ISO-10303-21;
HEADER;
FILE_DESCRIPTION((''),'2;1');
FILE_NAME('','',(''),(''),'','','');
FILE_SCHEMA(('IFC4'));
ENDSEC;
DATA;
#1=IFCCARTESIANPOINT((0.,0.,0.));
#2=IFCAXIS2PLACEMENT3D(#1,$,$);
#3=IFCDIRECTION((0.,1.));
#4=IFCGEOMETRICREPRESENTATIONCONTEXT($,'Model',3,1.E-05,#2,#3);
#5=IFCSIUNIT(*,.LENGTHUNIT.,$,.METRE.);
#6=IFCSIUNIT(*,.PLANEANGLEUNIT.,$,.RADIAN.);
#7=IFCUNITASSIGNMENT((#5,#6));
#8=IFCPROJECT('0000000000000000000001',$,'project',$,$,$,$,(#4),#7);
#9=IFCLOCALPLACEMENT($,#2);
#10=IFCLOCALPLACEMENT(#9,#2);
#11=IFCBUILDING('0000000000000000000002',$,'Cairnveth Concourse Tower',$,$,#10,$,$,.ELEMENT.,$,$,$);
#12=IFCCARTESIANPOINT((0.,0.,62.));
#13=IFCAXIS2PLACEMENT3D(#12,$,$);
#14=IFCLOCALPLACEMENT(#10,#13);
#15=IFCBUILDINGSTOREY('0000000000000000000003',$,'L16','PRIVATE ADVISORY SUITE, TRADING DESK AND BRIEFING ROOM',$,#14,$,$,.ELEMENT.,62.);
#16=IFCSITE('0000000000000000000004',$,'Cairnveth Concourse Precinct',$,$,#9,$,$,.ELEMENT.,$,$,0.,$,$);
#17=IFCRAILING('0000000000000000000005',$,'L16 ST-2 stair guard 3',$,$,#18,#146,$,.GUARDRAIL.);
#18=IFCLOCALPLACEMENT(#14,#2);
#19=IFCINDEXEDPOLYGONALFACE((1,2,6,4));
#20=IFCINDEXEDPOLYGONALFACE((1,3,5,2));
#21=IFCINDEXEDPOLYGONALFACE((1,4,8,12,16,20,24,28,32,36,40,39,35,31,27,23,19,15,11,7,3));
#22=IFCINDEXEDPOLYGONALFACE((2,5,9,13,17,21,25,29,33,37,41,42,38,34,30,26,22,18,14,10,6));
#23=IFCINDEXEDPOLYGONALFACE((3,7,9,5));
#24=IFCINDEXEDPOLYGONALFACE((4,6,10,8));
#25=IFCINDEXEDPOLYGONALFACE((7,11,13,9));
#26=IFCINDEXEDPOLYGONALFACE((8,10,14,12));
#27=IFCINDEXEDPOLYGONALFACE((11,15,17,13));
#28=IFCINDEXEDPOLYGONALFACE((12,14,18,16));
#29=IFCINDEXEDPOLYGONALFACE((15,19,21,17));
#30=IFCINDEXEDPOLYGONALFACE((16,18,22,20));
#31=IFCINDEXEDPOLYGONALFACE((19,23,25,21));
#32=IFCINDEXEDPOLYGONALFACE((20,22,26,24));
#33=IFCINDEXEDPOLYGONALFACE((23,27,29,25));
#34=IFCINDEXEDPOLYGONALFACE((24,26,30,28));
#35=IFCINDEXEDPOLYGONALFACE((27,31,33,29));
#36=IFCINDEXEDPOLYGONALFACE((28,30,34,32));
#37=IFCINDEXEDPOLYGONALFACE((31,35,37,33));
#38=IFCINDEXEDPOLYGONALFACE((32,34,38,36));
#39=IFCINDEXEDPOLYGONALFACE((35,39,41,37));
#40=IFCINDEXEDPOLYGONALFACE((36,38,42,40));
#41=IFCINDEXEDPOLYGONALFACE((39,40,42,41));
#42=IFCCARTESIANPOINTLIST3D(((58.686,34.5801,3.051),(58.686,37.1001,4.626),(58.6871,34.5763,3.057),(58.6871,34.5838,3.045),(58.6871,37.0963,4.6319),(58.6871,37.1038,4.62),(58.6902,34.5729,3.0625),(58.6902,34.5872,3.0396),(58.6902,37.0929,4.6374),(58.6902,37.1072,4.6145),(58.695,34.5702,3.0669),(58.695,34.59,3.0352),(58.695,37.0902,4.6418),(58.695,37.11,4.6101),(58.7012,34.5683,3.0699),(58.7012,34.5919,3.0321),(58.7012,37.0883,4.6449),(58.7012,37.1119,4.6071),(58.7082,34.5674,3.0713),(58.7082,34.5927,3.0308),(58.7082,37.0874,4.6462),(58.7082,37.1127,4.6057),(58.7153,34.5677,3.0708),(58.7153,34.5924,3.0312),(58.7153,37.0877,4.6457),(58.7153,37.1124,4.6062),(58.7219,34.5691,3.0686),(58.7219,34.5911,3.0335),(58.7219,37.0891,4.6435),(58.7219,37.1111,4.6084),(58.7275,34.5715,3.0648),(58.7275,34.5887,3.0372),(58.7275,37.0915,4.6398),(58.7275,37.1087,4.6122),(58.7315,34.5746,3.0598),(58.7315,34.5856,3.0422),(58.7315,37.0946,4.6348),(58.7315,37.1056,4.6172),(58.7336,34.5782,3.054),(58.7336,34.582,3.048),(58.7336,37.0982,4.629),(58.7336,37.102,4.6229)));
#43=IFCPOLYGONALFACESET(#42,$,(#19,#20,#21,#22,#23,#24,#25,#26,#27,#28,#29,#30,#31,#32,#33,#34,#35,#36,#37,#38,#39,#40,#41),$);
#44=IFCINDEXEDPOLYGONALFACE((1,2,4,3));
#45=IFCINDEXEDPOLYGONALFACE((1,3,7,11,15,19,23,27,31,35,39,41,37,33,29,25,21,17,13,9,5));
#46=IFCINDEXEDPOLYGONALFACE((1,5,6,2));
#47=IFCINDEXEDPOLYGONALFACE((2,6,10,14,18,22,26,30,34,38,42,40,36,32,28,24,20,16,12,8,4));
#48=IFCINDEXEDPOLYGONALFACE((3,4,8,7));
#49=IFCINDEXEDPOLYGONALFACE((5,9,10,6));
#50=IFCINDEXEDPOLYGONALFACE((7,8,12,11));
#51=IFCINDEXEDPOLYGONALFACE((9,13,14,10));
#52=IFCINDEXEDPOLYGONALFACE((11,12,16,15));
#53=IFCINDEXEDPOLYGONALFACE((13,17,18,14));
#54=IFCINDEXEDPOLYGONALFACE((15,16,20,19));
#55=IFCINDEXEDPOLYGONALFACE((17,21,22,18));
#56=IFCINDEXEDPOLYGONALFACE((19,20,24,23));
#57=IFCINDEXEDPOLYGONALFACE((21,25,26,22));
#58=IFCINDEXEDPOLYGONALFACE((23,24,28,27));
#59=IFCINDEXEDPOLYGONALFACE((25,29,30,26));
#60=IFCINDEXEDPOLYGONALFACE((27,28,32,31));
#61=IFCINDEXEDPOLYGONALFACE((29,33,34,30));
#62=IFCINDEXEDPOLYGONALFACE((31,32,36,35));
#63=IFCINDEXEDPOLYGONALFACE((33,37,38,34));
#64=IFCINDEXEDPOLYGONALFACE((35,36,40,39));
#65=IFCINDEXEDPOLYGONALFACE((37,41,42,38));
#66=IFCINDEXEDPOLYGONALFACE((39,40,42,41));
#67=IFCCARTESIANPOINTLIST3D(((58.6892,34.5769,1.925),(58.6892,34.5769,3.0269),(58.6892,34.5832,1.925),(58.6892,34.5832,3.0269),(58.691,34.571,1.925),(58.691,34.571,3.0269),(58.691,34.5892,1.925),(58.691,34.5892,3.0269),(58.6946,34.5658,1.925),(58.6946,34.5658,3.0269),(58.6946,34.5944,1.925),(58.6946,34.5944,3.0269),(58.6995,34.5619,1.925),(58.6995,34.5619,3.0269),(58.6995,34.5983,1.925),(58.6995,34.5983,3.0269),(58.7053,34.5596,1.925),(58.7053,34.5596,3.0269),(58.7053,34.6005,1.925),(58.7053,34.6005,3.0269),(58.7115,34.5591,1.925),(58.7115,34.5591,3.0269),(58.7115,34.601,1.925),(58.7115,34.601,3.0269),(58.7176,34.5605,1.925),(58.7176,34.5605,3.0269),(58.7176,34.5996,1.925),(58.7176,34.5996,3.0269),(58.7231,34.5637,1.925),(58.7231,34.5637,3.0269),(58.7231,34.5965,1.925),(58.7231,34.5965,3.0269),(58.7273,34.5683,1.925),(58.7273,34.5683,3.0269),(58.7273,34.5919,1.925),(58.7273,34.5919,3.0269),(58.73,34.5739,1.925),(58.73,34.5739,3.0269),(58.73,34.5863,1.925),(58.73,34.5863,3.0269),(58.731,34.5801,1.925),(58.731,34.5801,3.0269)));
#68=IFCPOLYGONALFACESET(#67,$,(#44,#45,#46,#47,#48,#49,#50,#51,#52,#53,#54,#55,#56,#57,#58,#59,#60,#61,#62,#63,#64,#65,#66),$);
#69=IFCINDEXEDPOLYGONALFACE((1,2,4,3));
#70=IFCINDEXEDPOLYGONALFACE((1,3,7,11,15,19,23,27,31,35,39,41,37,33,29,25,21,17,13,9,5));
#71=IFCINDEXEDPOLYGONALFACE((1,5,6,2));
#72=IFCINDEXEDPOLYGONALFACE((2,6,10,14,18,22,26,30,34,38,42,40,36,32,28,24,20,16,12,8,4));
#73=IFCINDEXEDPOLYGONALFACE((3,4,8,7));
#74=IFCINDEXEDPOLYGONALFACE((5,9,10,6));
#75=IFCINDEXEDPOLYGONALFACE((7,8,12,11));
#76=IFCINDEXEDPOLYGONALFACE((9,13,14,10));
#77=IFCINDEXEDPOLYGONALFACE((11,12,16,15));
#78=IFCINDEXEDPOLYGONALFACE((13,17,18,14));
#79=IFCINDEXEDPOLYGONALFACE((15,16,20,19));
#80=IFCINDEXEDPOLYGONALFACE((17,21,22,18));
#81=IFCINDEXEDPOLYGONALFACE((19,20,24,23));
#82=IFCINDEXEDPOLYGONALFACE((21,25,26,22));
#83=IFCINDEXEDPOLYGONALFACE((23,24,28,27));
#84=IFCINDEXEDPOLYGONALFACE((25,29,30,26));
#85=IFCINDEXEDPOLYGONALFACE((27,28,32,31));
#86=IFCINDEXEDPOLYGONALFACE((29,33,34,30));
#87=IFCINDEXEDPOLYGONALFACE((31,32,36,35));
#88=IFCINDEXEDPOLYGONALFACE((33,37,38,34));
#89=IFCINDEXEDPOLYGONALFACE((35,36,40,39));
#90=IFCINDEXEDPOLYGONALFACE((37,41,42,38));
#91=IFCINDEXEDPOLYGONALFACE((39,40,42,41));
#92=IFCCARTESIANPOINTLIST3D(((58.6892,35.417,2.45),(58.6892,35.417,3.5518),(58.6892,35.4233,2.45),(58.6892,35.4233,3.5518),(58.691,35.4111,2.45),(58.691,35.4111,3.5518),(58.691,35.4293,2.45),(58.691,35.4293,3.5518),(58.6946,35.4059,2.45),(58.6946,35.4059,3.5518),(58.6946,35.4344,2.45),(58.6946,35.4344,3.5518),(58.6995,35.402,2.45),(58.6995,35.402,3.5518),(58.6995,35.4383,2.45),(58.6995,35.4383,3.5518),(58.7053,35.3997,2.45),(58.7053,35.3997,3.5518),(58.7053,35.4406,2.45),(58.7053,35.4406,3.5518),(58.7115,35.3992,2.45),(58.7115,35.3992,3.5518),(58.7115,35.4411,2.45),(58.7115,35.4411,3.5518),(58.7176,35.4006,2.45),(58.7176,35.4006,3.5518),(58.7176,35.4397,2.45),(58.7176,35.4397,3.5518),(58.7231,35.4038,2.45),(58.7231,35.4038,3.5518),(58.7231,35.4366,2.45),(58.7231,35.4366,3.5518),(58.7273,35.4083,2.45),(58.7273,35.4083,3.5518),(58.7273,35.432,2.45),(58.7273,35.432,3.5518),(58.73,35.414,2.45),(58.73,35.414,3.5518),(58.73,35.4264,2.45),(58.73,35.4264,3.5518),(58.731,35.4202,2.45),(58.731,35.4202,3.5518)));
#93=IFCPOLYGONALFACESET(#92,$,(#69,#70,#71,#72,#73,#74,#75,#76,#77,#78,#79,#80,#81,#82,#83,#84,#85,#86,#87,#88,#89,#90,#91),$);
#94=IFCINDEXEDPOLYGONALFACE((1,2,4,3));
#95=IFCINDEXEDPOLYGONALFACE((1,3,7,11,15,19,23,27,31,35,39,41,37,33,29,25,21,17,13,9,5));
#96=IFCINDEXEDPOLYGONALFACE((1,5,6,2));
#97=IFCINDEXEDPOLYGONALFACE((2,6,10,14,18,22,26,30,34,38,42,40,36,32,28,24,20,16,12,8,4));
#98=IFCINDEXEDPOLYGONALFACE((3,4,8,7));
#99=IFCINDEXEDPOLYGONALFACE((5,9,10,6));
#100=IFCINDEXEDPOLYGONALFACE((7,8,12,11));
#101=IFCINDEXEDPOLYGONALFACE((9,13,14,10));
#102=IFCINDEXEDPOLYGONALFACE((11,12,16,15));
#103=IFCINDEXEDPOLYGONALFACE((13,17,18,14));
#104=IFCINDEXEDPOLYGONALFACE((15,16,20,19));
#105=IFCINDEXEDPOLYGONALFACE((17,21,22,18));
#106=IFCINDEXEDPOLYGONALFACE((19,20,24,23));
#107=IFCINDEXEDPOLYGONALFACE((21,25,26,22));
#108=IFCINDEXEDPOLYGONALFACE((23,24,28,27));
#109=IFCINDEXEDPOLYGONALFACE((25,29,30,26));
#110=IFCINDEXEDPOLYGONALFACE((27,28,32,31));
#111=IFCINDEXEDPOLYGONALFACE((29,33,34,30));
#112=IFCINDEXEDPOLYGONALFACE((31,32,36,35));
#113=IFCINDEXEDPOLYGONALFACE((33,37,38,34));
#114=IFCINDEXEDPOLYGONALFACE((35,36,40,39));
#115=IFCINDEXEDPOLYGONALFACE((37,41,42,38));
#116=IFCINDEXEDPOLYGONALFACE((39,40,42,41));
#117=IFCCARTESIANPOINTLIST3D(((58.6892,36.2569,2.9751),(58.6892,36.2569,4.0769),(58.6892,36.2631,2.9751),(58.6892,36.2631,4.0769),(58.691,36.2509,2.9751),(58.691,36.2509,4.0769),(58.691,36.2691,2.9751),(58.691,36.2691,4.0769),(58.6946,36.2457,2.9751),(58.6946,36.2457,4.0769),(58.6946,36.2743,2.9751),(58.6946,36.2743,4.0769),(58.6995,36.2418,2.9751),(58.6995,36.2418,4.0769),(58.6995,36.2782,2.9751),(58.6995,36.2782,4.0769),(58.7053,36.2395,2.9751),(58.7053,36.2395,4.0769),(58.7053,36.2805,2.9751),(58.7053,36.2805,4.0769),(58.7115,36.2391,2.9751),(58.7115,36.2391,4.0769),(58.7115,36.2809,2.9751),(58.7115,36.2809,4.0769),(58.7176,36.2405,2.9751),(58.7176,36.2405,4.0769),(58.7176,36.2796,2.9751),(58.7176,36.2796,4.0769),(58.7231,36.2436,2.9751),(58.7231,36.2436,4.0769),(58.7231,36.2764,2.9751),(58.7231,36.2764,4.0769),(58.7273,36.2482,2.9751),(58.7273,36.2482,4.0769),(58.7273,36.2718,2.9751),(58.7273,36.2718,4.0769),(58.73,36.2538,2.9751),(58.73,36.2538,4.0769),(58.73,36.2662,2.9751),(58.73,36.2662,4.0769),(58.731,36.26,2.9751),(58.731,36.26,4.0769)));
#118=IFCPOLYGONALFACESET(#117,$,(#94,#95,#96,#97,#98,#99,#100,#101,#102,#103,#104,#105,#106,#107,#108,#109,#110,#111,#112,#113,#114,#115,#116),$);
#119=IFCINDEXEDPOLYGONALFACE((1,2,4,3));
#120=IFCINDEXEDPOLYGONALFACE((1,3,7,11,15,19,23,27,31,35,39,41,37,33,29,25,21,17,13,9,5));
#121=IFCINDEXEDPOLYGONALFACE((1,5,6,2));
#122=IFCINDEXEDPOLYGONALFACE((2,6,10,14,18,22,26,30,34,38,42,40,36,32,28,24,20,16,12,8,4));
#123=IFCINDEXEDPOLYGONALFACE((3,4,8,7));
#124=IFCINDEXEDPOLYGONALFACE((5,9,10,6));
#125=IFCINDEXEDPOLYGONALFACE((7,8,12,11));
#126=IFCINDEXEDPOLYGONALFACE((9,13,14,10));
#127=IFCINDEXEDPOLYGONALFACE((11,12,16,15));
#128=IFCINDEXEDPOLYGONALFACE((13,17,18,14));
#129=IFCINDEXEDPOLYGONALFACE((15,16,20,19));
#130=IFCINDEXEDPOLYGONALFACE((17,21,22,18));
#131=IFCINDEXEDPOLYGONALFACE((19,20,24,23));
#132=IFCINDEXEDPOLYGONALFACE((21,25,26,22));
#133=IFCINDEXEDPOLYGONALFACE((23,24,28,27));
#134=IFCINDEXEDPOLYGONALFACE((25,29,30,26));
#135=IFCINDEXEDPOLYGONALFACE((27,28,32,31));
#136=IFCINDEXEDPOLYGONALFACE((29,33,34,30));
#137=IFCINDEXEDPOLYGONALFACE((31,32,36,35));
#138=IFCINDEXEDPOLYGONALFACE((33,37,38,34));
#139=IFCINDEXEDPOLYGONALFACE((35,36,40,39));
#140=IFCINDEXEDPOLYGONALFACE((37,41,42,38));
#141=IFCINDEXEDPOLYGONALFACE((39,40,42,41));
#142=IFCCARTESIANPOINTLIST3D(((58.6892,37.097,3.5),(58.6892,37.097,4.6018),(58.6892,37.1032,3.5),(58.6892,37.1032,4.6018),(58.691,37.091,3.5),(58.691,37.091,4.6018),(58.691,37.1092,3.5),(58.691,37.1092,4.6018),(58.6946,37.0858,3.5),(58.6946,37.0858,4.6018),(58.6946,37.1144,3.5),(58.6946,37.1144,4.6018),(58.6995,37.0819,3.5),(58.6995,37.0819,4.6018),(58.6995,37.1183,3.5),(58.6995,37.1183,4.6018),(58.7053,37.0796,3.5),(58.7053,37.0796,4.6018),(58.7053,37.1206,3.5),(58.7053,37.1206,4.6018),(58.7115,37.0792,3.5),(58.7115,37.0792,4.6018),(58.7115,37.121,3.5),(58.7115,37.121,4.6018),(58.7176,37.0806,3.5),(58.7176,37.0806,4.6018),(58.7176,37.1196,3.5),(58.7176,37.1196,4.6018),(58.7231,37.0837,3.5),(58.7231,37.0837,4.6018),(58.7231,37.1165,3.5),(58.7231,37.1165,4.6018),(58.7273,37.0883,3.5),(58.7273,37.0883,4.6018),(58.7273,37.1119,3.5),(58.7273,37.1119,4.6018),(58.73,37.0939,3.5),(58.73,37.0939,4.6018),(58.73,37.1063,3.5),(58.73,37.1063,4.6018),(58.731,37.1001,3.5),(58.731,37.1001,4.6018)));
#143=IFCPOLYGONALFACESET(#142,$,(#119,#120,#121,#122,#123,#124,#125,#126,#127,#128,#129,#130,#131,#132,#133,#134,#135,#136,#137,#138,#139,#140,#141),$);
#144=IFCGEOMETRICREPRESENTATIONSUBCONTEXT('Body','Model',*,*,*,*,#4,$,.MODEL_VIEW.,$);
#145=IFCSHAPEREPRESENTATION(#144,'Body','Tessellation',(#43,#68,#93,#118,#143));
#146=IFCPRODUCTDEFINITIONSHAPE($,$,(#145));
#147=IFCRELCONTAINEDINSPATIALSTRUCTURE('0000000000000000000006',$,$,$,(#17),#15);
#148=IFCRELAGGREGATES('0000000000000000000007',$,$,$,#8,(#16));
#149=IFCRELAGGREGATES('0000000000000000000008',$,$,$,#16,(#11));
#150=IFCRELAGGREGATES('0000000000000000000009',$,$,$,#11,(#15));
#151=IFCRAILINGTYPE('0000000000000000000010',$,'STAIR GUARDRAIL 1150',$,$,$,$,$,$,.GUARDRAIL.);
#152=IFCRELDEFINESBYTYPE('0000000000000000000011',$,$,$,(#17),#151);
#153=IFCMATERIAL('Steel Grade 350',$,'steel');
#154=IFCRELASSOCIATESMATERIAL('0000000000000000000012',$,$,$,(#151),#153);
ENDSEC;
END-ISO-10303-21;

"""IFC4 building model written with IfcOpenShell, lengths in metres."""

from ifc_helpers import new_model, si_unit, direction, frame, origin, origin_2d, place, context, subcontext, project, spatial, circle, extrude, material, type_object, element, save


model = new_model("IFC4")

# Units and contexts
model_context = context("Model", 3, precision=1e-05, world=origin(), true_north=direction((0.0, 1.0)))
body_context = subcontext(model_context, "Body", "Model", "MODEL_VIEW")
ifc_project = project(units=[si_unit("LENGTHUNIT", "METRE"), si_unit("PLANEANGLEUNIT", "RADIAN")], contexts=[model_context])

# Site, building, storey
site_placement = place(None, origin())
site = spatial("IfcSite", under=ifc_project, at=site_placement, Name="Cairnveth Concourse Precinct", CompositionType="ELEMENT", RefElevation=0.0)
building_placement = place(site_placement, origin())
building = spatial("IfcBuilding", under=site, at=building_placement, Name="Cairnveth Concourse Tower", CompositionType="ELEMENT")
storey_placement = place(building_placement, frame((0.0, 0.0, 62.0)))
storey = spatial("IfcBuildingStorey", under=building, at=storey_placement, Name="L16", Description="PRIVATE ADVISORY SUITE, TRADING DESK AND BRIEFING ROOM", CompositionType="ELEMENT", Elevation=62.0)

# Shared definitions
ifc_material_1 = material(Name="Steel Grade 350", Category="steel")

# Railing
railing_type_1 = type_object("IfcRailingType", Name="STAIR GUARDRAIL 1150", PredefinedType="GUARDRAIL", material=ifc_material_1)
railing_1_placement = place(storey_placement, frame((58.71, 34.5801, 1.925)))
element("IfcRailing", 1, at=railing_1_placement, inside=storey, type_object=railing_type_1, Name="L16 ST-2 stair guard 3", PredefinedType="GUARDRAIL", context=body_context, shape_type="SweptSolid", body=[
    extrude(circle(Radius=0.0239, at=origin_2d()), frame((0.0, 0.0, 1.126), z_axis=(0.0, 0.848008, 0.529984), x_axis=(-1.0, 0.0, 0.0)), (0.0, 0.0, 1.0), 2.9717),
    extrude(circle(Radius=0.021, at=origin_2d()), origin(), (0.0, 0.0, 1.0), 1.1018),
    extrude(circle(Radius=0.021, at=origin_2d()), frame((0.0, 0.8401, 0.5249)), (0.0, 0.0, 1.0), 1.1018),
    extrude(circle(Radius=0.021, at=origin_2d()), frame((0.0, 1.6799, 1.05)), (0.0, 0.0, 1.0), 1.1018),
    extrude(circle(Radius=0.021, at=origin_2d()), frame((0.0, 2.52, 1.575)), (0.0, 0.0, 1.0), 1.1018),
])

save(model, "model.ifc")
